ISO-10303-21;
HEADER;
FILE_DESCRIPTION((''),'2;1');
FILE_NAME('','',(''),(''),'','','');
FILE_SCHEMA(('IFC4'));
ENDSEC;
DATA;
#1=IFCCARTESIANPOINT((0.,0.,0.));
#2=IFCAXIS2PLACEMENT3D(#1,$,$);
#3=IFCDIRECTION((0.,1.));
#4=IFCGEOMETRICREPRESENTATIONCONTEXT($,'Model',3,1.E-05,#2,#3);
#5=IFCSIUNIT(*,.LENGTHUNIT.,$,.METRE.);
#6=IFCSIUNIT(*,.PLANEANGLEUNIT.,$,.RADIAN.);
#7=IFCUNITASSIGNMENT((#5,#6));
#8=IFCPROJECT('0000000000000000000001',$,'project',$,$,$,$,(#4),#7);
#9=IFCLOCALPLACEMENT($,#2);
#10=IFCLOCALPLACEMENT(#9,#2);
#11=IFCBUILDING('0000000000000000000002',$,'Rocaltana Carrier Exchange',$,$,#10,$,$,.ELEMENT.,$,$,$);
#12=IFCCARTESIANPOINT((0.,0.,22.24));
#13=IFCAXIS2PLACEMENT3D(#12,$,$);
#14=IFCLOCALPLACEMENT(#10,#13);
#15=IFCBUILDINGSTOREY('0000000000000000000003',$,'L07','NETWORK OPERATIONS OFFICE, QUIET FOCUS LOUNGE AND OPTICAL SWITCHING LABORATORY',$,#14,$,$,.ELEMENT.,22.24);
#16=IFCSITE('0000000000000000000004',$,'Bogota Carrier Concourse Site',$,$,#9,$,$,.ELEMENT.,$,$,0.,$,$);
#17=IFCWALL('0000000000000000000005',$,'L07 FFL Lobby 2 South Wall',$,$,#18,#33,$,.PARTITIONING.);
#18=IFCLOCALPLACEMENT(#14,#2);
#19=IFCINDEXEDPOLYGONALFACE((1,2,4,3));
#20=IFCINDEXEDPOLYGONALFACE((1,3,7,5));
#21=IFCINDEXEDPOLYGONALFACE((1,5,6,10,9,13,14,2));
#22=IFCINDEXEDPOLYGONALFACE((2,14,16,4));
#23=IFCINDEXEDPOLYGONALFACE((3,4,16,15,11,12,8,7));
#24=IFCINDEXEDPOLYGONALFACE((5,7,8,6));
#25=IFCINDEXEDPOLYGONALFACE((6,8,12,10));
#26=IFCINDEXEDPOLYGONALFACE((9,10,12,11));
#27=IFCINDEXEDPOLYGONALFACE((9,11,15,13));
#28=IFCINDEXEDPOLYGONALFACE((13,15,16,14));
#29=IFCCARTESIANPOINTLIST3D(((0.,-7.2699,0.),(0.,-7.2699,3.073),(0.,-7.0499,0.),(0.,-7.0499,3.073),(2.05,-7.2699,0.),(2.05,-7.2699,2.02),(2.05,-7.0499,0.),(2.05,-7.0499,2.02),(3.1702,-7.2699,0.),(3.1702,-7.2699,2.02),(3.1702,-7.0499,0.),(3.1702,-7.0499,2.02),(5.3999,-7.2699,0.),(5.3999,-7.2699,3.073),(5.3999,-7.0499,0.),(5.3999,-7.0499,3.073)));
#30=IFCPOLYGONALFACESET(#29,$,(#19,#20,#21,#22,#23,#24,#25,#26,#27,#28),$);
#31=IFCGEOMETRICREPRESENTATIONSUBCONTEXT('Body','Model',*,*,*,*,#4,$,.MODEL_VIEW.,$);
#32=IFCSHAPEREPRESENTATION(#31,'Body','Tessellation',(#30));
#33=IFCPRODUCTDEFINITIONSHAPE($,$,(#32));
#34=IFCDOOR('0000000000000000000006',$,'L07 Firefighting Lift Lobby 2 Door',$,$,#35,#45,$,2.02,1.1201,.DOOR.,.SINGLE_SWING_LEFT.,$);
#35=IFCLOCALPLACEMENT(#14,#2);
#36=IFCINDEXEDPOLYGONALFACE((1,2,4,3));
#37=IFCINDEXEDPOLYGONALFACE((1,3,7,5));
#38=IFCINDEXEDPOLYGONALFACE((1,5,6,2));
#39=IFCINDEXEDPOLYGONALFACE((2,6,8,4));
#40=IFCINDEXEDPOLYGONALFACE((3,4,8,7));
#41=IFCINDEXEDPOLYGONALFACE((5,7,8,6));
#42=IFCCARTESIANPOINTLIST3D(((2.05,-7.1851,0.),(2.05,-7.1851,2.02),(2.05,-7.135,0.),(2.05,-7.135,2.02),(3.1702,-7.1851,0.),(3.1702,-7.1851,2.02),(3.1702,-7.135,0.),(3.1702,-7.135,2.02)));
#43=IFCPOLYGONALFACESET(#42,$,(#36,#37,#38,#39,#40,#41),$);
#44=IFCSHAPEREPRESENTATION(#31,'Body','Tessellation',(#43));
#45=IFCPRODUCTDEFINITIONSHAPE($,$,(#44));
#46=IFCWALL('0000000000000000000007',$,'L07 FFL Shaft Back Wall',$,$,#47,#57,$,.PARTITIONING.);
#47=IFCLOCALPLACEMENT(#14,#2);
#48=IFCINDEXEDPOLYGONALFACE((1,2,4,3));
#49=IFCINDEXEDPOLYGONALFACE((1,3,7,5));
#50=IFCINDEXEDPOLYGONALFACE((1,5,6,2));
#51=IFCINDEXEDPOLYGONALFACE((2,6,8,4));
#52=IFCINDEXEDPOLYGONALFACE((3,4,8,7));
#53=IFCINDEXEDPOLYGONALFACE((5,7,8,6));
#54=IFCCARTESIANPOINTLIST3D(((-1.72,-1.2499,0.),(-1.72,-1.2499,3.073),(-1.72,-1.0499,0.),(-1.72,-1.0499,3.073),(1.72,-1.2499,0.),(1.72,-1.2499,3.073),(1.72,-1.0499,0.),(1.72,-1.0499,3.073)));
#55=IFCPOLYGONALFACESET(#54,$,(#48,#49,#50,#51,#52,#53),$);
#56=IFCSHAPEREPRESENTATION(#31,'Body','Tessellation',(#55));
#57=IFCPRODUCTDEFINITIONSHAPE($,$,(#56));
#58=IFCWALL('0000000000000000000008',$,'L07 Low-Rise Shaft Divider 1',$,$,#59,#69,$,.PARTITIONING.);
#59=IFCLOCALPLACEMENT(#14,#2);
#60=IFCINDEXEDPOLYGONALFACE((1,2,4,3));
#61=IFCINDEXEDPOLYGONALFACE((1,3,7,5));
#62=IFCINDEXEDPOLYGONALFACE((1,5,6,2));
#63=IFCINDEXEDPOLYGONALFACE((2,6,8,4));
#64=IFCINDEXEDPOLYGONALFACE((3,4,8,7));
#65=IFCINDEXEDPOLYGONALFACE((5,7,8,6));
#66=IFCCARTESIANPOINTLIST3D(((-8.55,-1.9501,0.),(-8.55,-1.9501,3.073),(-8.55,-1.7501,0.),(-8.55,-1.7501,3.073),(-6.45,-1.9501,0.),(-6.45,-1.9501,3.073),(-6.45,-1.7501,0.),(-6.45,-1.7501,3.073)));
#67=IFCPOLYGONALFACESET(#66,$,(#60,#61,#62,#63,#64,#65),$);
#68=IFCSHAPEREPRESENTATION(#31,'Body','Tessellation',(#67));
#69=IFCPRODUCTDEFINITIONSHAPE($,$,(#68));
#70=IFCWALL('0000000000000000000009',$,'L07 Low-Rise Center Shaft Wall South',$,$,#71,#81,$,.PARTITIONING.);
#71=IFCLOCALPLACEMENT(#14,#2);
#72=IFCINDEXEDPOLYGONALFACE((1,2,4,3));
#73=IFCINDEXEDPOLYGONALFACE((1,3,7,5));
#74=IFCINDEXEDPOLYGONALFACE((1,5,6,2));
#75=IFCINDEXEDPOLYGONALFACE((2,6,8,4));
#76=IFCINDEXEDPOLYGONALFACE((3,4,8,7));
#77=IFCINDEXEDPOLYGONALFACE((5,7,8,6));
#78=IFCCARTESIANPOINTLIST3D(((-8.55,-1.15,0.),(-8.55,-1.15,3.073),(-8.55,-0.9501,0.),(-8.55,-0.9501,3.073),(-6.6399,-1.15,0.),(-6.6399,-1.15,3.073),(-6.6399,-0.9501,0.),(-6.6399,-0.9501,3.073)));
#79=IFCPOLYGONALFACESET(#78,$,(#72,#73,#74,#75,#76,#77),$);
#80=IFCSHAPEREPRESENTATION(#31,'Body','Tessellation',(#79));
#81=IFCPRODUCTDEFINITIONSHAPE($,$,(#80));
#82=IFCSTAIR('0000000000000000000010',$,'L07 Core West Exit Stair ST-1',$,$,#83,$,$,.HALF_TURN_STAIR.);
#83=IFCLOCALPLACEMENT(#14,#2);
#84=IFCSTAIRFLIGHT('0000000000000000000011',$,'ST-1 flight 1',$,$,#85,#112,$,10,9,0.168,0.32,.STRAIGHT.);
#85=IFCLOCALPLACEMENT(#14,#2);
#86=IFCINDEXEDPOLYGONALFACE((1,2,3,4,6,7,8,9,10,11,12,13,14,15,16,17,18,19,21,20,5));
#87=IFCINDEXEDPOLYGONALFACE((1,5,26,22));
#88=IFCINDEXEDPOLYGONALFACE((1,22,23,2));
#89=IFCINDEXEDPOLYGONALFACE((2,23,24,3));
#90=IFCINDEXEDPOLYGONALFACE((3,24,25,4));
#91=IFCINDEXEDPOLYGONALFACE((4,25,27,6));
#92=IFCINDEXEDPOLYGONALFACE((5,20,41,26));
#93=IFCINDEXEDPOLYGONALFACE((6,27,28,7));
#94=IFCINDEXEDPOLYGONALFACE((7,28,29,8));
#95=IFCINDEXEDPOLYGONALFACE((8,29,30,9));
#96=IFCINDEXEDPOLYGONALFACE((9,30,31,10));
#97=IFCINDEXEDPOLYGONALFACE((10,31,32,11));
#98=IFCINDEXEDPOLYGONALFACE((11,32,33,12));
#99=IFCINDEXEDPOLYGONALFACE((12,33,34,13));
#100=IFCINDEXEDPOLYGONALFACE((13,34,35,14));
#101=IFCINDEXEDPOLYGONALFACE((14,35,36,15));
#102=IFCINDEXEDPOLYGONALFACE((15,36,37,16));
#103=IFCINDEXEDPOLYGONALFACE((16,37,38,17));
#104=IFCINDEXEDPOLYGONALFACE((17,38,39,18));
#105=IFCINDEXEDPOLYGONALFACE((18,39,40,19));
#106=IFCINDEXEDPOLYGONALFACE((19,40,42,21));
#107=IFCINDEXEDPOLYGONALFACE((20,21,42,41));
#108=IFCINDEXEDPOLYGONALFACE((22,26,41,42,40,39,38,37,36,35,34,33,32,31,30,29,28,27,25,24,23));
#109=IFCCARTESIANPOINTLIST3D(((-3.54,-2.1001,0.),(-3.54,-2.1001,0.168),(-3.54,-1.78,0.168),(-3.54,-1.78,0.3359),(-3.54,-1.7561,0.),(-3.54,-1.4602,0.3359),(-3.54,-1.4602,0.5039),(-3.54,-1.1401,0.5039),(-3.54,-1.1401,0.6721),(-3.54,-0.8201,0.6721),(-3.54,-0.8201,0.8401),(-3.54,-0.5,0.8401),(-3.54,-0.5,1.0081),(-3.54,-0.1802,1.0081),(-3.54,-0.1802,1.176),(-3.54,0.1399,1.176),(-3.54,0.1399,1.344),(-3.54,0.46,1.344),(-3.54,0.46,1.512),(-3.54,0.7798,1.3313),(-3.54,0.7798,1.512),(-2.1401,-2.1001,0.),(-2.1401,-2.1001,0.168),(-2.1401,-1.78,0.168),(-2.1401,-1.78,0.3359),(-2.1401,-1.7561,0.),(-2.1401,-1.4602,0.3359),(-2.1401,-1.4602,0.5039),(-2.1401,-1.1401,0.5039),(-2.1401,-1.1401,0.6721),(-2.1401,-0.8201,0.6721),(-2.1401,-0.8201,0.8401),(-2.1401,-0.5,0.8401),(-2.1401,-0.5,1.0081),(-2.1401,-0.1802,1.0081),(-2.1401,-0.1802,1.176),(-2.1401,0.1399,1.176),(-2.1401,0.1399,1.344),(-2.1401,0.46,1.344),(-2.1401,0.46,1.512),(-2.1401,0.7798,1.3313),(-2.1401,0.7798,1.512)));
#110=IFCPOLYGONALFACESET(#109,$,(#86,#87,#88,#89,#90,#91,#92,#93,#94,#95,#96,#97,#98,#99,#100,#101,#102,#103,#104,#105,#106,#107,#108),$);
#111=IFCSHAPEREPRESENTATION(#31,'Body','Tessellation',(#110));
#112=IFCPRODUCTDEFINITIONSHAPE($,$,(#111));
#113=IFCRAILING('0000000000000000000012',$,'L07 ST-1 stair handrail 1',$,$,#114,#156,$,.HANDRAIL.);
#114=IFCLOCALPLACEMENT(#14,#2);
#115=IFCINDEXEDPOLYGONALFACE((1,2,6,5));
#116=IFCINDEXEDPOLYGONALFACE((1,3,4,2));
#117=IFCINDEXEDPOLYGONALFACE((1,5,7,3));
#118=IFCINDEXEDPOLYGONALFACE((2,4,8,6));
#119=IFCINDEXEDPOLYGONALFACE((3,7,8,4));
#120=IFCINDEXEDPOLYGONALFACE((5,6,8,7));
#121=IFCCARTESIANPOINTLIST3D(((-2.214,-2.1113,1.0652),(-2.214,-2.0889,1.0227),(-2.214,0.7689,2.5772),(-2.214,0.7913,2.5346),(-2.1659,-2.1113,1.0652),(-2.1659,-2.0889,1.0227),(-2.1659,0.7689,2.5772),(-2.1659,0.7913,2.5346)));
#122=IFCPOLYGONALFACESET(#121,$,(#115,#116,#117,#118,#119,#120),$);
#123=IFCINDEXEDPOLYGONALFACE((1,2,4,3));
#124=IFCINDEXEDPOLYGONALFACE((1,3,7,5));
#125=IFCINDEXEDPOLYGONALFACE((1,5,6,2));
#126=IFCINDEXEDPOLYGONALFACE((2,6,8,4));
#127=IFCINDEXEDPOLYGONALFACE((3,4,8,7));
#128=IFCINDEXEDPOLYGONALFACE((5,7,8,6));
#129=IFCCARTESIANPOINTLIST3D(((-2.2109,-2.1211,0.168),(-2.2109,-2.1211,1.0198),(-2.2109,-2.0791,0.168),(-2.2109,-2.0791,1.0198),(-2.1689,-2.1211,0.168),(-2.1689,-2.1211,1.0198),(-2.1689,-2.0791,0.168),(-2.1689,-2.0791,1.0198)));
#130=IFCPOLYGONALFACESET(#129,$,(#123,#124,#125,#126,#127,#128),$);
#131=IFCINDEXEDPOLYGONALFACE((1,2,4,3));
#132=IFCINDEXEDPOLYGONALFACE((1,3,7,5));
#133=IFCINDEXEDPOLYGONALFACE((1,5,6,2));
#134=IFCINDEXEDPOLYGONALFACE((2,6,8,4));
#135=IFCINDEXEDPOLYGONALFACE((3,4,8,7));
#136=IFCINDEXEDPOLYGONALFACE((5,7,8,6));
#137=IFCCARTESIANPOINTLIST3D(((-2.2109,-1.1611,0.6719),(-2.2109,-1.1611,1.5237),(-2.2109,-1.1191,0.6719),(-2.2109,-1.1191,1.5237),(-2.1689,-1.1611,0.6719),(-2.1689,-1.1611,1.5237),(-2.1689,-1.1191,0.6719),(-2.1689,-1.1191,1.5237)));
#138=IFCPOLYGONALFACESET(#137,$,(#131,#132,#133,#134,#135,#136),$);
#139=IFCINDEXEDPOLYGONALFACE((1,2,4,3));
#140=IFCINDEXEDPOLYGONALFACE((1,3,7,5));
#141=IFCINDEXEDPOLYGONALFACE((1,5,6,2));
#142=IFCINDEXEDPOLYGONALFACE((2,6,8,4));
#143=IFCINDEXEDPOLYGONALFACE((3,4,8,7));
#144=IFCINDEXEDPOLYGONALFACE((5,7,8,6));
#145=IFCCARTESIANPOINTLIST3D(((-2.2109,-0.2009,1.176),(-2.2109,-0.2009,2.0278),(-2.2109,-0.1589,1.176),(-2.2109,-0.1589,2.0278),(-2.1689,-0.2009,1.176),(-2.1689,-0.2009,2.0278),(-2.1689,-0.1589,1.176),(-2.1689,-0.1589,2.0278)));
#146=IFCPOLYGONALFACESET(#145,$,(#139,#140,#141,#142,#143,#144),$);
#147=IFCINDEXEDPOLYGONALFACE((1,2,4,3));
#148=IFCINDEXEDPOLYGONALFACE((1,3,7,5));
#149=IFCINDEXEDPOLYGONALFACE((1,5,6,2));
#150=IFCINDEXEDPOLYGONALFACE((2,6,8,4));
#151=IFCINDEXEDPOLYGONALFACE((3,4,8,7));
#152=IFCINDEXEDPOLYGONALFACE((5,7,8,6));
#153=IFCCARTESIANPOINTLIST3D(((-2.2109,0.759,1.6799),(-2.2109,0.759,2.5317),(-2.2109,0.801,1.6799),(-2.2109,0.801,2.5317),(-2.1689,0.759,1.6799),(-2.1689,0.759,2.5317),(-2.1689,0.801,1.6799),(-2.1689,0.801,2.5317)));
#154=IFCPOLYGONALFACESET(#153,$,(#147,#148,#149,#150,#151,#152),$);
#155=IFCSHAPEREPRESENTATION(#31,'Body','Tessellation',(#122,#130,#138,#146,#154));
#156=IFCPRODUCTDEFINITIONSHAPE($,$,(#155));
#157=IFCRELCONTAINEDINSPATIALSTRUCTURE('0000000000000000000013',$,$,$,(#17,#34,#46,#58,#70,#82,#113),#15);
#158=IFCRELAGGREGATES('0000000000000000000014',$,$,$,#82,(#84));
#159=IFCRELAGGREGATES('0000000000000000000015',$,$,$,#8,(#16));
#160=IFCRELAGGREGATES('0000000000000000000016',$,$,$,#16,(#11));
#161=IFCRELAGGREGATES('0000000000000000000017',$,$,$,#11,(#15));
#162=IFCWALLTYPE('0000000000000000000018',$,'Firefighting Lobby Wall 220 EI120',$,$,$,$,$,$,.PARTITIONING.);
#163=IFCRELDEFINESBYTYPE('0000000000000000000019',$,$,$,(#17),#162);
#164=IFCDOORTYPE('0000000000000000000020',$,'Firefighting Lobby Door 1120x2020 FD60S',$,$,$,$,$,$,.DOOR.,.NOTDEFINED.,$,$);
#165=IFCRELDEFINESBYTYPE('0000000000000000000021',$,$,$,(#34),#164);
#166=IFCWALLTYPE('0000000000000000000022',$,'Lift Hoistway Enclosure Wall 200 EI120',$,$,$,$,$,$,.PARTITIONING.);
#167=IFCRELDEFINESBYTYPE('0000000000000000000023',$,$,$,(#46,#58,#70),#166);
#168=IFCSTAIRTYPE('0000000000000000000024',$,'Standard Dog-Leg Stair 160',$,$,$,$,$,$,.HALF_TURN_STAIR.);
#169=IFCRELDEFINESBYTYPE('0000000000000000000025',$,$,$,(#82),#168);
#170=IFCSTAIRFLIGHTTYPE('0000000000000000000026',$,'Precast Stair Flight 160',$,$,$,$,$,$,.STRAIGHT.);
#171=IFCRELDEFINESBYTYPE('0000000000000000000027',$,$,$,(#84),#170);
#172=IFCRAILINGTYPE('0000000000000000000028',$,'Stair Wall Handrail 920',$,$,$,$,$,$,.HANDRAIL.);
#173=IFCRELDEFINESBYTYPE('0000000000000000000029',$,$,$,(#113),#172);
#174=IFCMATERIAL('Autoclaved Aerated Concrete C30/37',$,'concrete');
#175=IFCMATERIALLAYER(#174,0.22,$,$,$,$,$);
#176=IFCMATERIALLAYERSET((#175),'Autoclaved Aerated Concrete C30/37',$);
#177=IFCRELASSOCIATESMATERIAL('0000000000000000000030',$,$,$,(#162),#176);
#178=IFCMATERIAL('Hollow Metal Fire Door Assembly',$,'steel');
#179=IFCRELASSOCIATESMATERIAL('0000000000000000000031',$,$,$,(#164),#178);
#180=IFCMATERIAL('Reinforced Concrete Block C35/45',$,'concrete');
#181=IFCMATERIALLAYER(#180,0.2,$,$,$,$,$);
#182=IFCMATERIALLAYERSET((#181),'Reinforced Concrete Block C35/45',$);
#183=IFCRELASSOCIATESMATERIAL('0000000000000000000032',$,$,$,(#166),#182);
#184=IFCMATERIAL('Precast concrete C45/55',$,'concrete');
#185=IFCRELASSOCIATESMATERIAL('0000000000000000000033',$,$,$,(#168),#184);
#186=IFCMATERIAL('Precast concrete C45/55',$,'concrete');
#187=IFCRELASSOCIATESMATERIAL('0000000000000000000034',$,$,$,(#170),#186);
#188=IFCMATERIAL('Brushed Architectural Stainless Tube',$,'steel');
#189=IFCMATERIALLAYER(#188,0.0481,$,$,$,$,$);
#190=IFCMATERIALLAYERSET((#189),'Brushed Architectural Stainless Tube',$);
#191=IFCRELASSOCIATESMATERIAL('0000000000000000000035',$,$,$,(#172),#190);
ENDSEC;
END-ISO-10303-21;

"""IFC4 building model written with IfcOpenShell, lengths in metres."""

from ifc_helpers import new_model, si_unit, direction, frame, frame_2d, origin, origin_2d, place, context, subcontext, project, spatial, polyline, rectangle, outline, extrude, material, layer, layer_set, type_object, element, fill, aggregate, save


model = new_model("IFC4")

# Units and contexts
model_context = context("Model", 3, precision=1e-05, world=origin(), true_north=direction((0.0, 1.0)))
body_context = subcontext(model_context, "Body", "Model", "MODEL_VIEW")
ifc_project = project(units=[si_unit("LENGTHUNIT", "METRE"), si_unit("PLANEANGLEUNIT", "RADIAN")], contexts=[model_context])

# Site, building, storey
site_placement = place(None, origin())
site = spatial("IfcSite", under=ifc_project, at=site_placement, Name="Bogota Carrier Concourse Site", CompositionType="ELEMENT", RefElevation=0.0)
building_placement = place(site_placement, origin())
building = spatial("IfcBuilding", under=site, at=building_placement, Name="Rocaltana Carrier Exchange", CompositionType="ELEMENT")
storey_placement = place(building_placement, frame((0.0, 0.0, 22.24)))
storey = spatial("IfcBuildingStorey", under=building, at=storey_placement, Name="L07", Description="NETWORK OPERATIONS OFFICE, QUIET FOCUS LOUNGE AND OPTICAL SWITCHING LABORATORY", CompositionType="ELEMENT", Elevation=22.24)

# Shared definitions
ifc_material_1 = material(Name="Autoclaved Aerated Concrete C30/37", Category="concrete")
ifc_layer_1 = layer(ifc_material_1, 0.22)
ifc_layer_set_1 = layer_set([ifc_layer_1], Name="Autoclaved Aerated Concrete C30/37")
wall_type_1 = type_object("IfcWallType", Name="Firefighting Lobby Wall 220 EI120", PredefinedType="PARTITIONING", material=ifc_layer_set_1)

# Wall, opening, door
ifc_material_2 = material(Name="Hollow Metal Fire Door Assembly", Category="steel")
door_type_1 = type_object("IfcDoorType", Name="Firefighting Lobby Door 1120x2020 FD60S", OperationType="NOTDEFINED", PredefinedType="DOOR", material=ifc_material_2)
wall_1_placement = place(storey_placement, frame((0.0, -7.1599, 0.0), z_axis=(0.0, 0.0, 1.0), x_axis=(1.0, 0.0, 0.0)))
wall_1 = element("IfcWall", 1, at=wall_1_placement, inside=storey, type_object=wall_type_1, Name="L07 FFL Lobby 2 South Wall", PredefinedType="PARTITIONING", context=body_context, shape_type="SweptSolid", body=[
    extrude(rectangle(XDim=5.3999, YDim=0.22, at=frame_2d((2.7, 0.0))), origin(), (0.0, 0.0, 1.0), 3.073),
])
opening_1_placement = place(wall_1_placement, frame((2.05, 0.0, 0.0)))
opening_1 = element("IfcOpeningElement", 2, at=opening_1_placement, cuts=wall_1, PredefinedType="OPENING", context=body_context, shape_type="SweptSolid", body=[
    extrude(rectangle(XDim=1.1201, YDim=2.02, at=frame_2d((0.5601, 1.01))), frame((0.0, 0.1199, 0.0), z_axis=(0.0, -1.0, 0.0), x_axis=(1.0, 0.0, 0.0)), (0.0, 0.0, 1.0), 0.24),
])
door_1_placement = place(opening_1_placement, origin())
door_1 = element("IfcDoor", 3, at=door_1_placement, inside=storey, type_object=door_type_1, Name="L07 Firefighting Lift Lobby 2 Door", OperationType="SINGLE_SWING_LEFT", OverallHeight=2.02, OverallWidth=1.1201, PredefinedType="DOOR", context=body_context, shape_type="SweptSolid", body=[
    extrude(rectangle(XDim=1.1201, YDim=2.02, at=frame_2d((0.5601, 1.01))), frame((0.0, 0.0249, 0.0), z_axis=(0.0, -1.0, 0.0), x_axis=(1.0, 0.0, 0.0)), (0.0, 0.0, 1.0), 0.05),
])
fill(opening_1, door_1)

# Walls
ifc_material_3 = material(Name="Reinforced Concrete Block C35/45", Category="concrete")
ifc_layer_2 = layer(ifc_material_3, 0.2)
ifc_layer_set_2 = layer_set([ifc_layer_2], Name="Reinforced Concrete Block C35/45")
wall_type_2 = type_object("IfcWallType", Name="Lift Hoistway Enclosure Wall 200 EI120", PredefinedType="PARTITIONING", material=ifc_layer_set_2)
wall_2_placement = place(storey_placement, frame((-1.72, -1.1499, 0.0), z_axis=(0.0, 0.0, 1.0), x_axis=(1.0, 0.0, 0.0)))
element("IfcWall", 4, at=wall_2_placement, inside=storey, type_object=wall_type_2, Name="L07 FFL Shaft Back Wall", PredefinedType="PARTITIONING", context=body_context, shape_type="SweptSolid", body=[
    extrude(rectangle(XDim=3.4399, YDim=0.2, at=frame_2d((1.72, 0.0))), origin(), (0.0, 0.0, 1.0), 3.073),
])
wall_3_placement = place(storey_placement, frame((-8.55, -1.8501, 0.0), z_axis=(0.0, 0.0, 1.0), x_axis=(1.0, 0.0, 0.0)))
element("IfcWall", 5, at=wall_3_placement, inside=storey, type_object=wall_type_2, Name="L07 Low-Rise Shaft Divider 1", PredefinedType="PARTITIONING", context=body_context, shape_type="SweptSolid", body=[
    extrude(rectangle(XDim=2.1001, YDim=0.2, at=frame_2d((1.05, 0.0))), origin(), (0.0, 0.0, 1.0), 3.073),
])
wall_4_placement = place(storey_placement, frame((-8.55, -1.05, 0.0), z_axis=(0.0, 0.0, 1.0), x_axis=(1.0, 0.0, 0.0)))
element("IfcWall", 6, at=wall_4_placement, inside=storey, type_object=wall_type_2, Name="L07 Low-Rise Center Shaft Wall South", PredefinedType="PARTITIONING", context=body_context, shape_type="SweptSolid", body=[
    extrude(rectangle(XDim=1.9102, YDim=0.2, at=frame_2d((0.9551, 0.0))), origin(), (0.0, 0.0, 1.0), 3.073),
])

# Stair, stair flight
ifc_material_4 = material(Name="Precast concrete C45/55", Category="concrete")
stair_type = type_object("IfcStairType", Name="Standard Dog-Leg Stair 160", PredefinedType="HALF_TURN_STAIR", material=ifc_material_4)
stair_placement = place(storey_placement, origin())
stair = element("IfcStair", 7, at=stair_placement, inside=storey, type_object=stair_type, Name="L07 Core West Exit Stair ST-1", PredefinedType="HALF_TURN_STAIR")
ifc_material_5 = material(Name="Precast concrete C45/55", Category="concrete")
stair_flight_type = type_object("IfcStairFlightType", Name="Precast Stair Flight 160", PredefinedType="STRAIGHT", material=ifc_material_5)
stair_flight_placement = place(storey_placement, frame((-2.8401, -2.1001, 0.0), z_axis=(0.0, 0.0, 1.0), x_axis=(0.0, 1.0, 0.0)))
stair_flight = element("IfcStairFlight", 8, at=stair_flight_placement, type_object=stair_flight_type, Name="ST-1 flight 1", NumberOfRisers=10, NumberOfTreads=9, PredefinedType="STRAIGHT", RiserHeight=0.168, TreadLength=0.32, context=body_context, shape_type="SweptSolid", body=[
    extrude(outline(polyline([(0.0, 0.0), (0.0, 0.168), (0.3201, 0.168), (0.3201, 0.3359), (0.6399, 0.3359), (0.6399, 0.5039), (0.96, 0.5039), (0.96, 0.6721), (1.28, 0.6721), (1.28, 0.8401), (1.6001, 0.8401), (1.6001, 1.0081), (1.9199, 1.0081), (1.9199, 1.176), (2.24, 1.176), (2.24, 1.344), (2.5601, 1.344), (2.5601, 1.512), (2.8799, 1.512), (2.8799, 1.6799), (2.8799, 1.3313), (0.344, 0.0), (0.0, 0.0)])), frame((0.0, 0.7, 0.0), z_axis=(0.0, -1.0, 0.0), x_axis=(1.0, 0.0, 0.0)), (0.0, 0.0, 1.0), 1.3999),
])
aggregate(stair, [stair_flight])

# Railing
ifc_material_6 = material(Name="Brushed Architectural Stainless Tube", Category="steel")
ifc_layer_3 = layer(ifc_material_6, 0.0481)
ifc_layer_set_3 = layer_set([ifc_layer_3], Name="Brushed Architectural Stainless Tube")
railing_type_1 = type_object("IfcRailingType", Name="Stair Wall Handrail 920", PredefinedType="HANDRAIL", material=ifc_layer_set_3)
railing_1_placement = place(storey_placement, frame((-2.1899, -2.1001, 0.168)))
element("IfcRailing", 9, at=railing_1_placement, inside=storey, type_object=railing_type_1, Name="L07 ST-1 stair handrail 1", PredefinedType="HANDRAIL", context=body_context, shape_type="SweptSolid", body=[
    extrude(rectangle(XDim=0.0481, YDim=0.0481, at=origin_2d()), frame((0.0, 0.0, 0.876), z_axis=(0.0, 0.885411, 0.464809), x_axis=(-1.0, 0.0, 0.0)), (0.0, 0.0, 1.0), 3.2529),
    extrude(rectangle(XDim=0.042, YDim=0.042, at=origin_2d()), origin(), (0.0, 0.0, 1.0), 0.8518),
    extrude(rectangle(XDim=0.042, YDim=0.042, at=origin_2d()), frame((0.0, 0.96, 0.5039)), (0.0, 0.0, 1.0), 0.8518),
    extrude(rectangle(XDim=0.042, YDim=0.042, at=origin_2d()), frame((0.0, 1.9202, 1.0081)), (0.0, 0.0, 1.0), 0.8518),
    extrude(rectangle(XDim=0.042, YDim=0.042, at=origin_2d()), frame((0.0, 2.8801, 1.512)), (0.0, 0.0, 1.0), 0.8518),
])

save(model, "model.ifc")
